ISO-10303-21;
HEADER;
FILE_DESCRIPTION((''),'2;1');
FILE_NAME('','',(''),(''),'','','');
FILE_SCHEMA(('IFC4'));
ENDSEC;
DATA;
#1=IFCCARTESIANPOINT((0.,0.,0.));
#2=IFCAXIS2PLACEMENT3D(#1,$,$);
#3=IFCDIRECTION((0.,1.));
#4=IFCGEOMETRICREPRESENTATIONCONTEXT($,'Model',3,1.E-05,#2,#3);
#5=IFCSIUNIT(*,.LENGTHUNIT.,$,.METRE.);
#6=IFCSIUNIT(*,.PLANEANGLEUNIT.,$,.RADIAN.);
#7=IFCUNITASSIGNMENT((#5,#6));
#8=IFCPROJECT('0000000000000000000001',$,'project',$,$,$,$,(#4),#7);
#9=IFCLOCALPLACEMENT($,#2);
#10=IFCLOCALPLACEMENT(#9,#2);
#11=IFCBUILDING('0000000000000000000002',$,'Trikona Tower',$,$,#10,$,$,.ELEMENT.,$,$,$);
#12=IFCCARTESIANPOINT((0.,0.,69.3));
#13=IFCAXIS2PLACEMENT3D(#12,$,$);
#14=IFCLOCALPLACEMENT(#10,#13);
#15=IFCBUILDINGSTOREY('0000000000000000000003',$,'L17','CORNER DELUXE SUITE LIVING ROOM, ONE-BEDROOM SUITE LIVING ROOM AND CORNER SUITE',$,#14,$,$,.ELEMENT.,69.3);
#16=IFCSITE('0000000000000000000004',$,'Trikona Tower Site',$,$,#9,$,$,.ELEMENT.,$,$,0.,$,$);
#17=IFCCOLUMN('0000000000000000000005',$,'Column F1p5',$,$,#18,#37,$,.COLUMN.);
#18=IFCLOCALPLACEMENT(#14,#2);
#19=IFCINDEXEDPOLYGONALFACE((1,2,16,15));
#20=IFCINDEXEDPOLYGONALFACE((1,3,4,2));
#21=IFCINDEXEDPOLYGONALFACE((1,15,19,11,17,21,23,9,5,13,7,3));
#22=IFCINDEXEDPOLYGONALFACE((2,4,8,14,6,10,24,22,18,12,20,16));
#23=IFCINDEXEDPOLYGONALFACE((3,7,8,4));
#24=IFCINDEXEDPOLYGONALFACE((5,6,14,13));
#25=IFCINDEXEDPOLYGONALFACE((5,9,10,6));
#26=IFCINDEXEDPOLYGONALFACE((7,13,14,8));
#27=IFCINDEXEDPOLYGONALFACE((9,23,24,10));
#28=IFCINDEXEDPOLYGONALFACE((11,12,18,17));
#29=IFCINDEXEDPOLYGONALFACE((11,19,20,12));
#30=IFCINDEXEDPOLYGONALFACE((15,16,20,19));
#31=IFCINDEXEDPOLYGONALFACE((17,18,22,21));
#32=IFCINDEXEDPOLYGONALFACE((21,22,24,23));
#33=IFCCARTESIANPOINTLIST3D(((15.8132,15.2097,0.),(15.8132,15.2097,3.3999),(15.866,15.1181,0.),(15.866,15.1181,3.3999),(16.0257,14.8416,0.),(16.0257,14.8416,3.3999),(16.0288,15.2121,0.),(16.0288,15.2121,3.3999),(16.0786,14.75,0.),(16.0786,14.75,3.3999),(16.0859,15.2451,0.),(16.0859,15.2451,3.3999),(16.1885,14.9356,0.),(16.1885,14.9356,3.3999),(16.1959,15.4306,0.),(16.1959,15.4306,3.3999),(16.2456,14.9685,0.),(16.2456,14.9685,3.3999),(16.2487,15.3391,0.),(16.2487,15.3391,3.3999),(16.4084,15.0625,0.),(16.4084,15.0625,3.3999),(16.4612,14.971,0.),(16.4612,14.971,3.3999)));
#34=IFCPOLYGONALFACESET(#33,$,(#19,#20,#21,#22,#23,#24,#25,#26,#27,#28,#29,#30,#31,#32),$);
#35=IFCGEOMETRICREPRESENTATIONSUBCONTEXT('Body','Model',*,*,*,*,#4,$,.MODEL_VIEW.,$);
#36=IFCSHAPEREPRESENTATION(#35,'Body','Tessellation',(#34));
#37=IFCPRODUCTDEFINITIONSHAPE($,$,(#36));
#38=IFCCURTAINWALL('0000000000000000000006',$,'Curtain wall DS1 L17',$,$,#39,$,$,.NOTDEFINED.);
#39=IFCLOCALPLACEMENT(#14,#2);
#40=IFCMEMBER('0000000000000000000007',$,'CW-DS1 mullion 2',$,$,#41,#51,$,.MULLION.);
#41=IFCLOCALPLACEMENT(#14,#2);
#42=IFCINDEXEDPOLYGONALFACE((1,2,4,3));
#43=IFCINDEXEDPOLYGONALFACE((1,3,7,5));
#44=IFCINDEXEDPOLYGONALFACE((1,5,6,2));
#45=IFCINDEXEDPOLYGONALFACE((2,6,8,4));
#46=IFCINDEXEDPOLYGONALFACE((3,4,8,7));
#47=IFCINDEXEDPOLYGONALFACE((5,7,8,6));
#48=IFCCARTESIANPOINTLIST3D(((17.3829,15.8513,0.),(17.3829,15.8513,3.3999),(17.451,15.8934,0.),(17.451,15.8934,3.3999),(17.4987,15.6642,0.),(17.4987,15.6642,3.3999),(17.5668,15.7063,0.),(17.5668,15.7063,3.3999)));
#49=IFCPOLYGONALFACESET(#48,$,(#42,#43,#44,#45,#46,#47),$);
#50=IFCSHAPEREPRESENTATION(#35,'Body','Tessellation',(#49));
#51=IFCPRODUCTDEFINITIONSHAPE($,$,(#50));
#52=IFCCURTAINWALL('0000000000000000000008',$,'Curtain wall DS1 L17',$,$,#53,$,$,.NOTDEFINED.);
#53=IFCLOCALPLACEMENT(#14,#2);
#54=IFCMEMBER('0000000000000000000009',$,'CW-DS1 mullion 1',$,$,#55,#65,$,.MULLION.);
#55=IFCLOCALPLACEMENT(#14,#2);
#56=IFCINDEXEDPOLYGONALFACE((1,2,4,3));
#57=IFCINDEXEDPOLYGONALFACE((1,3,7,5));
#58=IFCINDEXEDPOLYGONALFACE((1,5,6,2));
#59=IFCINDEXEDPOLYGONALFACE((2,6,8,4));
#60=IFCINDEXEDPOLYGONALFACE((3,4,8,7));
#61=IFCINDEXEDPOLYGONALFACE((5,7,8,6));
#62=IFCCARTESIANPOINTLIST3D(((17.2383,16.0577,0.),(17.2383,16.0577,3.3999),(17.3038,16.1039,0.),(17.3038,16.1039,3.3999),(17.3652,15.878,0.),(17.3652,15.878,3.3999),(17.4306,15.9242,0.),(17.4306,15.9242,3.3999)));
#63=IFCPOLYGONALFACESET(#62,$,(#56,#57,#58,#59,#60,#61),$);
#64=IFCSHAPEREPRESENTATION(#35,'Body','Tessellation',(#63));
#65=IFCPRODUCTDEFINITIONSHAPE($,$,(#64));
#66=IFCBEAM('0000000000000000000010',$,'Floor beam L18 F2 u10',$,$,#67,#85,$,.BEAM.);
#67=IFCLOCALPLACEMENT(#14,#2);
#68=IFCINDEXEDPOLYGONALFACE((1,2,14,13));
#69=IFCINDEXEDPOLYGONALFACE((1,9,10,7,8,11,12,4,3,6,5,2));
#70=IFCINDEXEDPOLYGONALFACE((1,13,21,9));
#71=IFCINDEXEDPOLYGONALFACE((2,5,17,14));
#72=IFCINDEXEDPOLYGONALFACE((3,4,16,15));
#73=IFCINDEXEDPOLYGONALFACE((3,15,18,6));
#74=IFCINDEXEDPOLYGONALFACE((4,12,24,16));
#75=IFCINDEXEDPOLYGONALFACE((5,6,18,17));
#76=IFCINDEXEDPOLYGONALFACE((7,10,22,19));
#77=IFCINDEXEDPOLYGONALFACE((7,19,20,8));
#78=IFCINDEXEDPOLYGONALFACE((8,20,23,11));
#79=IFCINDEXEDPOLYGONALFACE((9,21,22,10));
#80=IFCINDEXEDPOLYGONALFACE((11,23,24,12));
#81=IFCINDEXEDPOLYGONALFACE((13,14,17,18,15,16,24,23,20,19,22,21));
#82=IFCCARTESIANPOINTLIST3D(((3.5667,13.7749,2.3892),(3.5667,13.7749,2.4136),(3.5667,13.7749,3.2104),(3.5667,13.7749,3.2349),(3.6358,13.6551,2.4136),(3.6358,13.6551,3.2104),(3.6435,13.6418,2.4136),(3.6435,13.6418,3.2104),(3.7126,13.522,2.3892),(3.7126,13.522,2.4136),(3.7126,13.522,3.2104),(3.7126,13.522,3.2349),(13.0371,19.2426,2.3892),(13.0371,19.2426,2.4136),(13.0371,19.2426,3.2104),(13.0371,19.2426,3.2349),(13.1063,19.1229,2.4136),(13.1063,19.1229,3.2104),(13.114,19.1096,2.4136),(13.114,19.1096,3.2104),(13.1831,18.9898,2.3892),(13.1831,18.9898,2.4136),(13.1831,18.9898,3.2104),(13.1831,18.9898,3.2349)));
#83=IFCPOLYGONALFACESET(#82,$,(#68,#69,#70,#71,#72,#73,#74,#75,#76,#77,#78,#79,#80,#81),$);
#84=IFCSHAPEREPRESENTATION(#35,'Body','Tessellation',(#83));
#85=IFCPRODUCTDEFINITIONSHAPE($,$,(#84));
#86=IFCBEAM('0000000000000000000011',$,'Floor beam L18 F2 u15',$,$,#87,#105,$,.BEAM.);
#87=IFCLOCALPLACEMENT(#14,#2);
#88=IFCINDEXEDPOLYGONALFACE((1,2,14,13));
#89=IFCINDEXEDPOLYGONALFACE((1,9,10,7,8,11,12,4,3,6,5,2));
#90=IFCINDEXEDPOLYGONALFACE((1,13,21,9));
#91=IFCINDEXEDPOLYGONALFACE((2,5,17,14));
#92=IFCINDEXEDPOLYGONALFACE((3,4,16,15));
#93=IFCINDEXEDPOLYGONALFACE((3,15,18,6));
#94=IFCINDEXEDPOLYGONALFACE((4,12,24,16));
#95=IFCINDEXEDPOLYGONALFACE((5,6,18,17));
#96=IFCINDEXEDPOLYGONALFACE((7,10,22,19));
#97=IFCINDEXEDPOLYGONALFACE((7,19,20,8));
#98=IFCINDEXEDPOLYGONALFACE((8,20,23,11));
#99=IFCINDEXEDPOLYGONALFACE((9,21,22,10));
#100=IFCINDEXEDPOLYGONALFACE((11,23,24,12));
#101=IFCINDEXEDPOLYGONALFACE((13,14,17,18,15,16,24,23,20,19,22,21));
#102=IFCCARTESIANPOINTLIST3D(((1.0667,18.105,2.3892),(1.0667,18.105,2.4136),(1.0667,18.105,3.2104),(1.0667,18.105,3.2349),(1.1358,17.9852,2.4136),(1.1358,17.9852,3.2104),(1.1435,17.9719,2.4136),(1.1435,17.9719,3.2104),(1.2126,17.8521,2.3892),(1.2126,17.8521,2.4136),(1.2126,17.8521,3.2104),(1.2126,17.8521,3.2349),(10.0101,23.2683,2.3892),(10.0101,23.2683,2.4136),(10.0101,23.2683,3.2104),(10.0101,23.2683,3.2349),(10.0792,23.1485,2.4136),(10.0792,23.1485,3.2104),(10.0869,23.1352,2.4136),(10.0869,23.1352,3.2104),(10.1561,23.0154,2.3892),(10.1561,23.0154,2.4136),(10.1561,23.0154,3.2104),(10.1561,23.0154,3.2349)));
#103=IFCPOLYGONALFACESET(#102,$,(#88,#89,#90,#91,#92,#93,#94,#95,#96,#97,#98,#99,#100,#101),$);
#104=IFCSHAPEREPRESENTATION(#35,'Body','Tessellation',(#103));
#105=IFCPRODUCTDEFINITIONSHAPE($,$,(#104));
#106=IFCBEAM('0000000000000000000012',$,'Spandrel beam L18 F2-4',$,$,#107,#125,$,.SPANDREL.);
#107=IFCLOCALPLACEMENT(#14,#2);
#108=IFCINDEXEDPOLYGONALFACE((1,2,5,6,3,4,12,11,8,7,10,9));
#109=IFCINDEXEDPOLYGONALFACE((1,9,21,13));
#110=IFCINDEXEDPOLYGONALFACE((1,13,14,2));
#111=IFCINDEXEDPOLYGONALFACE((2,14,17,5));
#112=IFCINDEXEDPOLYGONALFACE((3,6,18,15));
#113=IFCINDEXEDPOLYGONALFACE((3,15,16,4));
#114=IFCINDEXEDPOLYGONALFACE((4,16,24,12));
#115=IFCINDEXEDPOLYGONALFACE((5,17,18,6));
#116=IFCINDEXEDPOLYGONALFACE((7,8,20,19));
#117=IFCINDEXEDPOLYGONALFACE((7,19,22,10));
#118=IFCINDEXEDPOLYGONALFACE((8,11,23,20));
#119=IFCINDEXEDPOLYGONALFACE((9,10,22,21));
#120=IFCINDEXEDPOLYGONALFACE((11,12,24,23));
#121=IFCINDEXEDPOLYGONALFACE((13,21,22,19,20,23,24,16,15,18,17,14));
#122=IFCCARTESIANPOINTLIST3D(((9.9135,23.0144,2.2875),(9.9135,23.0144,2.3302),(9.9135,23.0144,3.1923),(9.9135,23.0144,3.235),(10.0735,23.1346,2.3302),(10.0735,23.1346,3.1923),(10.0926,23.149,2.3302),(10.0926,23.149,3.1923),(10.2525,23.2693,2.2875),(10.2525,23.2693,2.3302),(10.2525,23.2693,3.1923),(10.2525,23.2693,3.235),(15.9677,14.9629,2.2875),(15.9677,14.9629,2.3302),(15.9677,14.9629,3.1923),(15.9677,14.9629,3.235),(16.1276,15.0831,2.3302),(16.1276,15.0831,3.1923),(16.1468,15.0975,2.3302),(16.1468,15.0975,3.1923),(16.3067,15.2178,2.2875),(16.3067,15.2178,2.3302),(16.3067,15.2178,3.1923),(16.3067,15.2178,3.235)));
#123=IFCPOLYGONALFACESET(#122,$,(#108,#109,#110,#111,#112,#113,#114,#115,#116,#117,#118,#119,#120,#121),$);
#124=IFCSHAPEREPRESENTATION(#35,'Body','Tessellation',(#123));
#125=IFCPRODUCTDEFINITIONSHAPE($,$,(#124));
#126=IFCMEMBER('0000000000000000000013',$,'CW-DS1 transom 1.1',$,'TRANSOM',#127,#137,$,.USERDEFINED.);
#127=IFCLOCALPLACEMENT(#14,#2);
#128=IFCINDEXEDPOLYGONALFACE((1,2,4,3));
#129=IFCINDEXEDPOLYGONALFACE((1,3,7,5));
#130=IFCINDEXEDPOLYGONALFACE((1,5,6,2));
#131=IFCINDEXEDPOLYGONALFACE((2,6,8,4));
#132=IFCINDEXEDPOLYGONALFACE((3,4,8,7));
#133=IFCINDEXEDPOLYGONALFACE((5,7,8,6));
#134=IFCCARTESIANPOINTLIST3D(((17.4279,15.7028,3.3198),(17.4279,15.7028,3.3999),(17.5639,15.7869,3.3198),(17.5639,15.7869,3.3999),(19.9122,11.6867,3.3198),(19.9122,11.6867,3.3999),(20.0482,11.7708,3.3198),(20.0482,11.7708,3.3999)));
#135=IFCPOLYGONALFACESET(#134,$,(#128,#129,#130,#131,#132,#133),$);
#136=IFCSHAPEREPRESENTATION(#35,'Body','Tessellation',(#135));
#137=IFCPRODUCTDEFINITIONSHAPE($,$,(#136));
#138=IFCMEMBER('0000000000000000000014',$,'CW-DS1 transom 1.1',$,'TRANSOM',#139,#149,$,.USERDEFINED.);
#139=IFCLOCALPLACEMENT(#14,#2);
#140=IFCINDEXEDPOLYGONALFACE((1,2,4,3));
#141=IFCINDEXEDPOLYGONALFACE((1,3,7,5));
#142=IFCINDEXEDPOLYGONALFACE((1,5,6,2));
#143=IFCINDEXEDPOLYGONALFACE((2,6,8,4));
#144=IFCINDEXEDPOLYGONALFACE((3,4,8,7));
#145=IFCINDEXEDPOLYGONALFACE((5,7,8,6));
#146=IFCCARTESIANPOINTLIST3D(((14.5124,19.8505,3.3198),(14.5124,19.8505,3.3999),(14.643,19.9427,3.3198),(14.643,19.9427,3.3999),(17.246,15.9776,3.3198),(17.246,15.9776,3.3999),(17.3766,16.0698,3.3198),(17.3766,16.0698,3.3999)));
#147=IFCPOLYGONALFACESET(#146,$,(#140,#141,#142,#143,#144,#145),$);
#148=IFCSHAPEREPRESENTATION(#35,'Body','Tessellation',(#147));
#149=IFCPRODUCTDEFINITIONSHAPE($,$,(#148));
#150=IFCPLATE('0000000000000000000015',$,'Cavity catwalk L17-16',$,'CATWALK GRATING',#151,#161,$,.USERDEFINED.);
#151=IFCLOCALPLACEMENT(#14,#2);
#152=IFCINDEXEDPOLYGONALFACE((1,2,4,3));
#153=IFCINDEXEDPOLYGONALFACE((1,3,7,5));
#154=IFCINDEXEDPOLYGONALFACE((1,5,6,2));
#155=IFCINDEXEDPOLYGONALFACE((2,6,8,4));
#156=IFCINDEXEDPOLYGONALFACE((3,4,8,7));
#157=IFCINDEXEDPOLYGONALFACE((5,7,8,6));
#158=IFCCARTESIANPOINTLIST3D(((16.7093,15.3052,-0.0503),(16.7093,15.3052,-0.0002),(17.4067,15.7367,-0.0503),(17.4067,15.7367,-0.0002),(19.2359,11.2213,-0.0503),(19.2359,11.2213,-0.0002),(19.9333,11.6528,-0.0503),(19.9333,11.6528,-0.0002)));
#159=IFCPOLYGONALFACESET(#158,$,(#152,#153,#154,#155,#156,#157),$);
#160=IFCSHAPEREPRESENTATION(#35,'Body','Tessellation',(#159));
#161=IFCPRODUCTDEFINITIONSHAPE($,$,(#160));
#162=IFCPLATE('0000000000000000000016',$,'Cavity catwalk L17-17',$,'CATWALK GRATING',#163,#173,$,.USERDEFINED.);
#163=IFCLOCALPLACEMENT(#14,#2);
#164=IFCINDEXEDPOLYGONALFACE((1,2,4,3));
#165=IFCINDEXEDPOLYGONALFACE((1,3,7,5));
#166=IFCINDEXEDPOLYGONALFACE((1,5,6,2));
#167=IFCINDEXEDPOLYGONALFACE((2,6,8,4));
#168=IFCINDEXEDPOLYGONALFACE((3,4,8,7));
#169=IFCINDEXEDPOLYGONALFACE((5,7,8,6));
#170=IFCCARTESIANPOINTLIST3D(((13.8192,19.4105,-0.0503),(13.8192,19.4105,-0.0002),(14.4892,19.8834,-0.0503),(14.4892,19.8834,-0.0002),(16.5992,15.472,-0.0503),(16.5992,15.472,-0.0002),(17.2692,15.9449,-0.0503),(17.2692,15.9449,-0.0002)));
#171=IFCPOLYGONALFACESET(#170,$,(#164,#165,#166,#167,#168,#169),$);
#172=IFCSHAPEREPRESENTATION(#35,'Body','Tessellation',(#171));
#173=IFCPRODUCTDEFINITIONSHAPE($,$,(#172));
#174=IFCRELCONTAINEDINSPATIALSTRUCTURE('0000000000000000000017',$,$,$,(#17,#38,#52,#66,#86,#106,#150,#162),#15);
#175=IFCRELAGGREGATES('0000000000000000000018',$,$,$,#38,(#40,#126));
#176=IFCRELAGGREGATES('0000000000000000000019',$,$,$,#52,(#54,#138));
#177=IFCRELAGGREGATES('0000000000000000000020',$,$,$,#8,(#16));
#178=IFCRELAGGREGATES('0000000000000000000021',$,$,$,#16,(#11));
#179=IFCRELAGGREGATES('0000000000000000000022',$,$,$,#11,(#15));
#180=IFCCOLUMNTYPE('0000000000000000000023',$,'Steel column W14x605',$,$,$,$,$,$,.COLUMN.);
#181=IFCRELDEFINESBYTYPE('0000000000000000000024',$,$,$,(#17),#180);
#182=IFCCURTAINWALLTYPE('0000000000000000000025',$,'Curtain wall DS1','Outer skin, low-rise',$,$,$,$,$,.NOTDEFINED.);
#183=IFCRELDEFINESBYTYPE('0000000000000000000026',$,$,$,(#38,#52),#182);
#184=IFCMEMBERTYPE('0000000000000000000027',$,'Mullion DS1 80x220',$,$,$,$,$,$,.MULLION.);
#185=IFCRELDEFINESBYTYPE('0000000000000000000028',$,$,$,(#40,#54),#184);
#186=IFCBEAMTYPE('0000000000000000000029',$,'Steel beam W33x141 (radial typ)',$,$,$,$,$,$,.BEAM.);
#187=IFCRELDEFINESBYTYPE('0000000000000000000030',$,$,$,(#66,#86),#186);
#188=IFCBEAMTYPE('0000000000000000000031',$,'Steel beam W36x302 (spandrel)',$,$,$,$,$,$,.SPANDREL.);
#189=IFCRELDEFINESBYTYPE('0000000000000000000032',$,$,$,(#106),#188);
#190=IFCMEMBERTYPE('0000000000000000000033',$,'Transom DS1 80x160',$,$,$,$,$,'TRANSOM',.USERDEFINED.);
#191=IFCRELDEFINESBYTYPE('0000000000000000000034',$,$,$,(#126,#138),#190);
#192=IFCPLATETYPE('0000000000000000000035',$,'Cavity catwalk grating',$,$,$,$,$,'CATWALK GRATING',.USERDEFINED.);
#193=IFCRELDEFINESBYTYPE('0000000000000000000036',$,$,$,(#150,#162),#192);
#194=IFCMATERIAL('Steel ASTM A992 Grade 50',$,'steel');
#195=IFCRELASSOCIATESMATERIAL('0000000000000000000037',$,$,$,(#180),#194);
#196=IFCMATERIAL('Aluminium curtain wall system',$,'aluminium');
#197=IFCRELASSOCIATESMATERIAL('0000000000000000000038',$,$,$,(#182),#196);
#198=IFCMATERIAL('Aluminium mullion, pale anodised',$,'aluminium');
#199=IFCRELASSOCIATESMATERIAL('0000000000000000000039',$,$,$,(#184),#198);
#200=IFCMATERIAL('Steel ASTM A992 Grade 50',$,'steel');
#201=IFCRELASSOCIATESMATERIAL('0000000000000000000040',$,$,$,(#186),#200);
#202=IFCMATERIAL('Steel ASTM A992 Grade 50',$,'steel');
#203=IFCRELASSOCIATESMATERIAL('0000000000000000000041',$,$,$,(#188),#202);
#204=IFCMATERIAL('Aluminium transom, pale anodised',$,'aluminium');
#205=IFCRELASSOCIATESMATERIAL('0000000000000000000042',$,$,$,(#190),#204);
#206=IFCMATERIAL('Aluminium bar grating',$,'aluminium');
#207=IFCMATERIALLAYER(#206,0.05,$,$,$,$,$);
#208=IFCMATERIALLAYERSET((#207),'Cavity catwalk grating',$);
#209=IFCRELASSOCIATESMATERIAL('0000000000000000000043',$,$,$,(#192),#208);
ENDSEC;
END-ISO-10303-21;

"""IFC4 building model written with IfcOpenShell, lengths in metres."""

from ifc_helpers import new_model, si_unit, direction, frame, origin, origin_2d, place, context, subcontext, project, spatial, rectangle, i_section, extrude, material, layer, layer_set, material_profile, profile_set, type_object, element, aggregate, save


model = new_model("IFC4")

# Units and contexts
model_context = context("Model", 3, precision=1e-05, world=origin(), true_north=direction((0.0, 1.0)))
body_context = subcontext(model_context, "Body", "Model", "MODEL_VIEW")
ifc_project = project(units=[si_unit("LENGTHUNIT", "METRE"), si_unit("PLANEANGLEUNIT", "RADIAN")], contexts=[model_context])

# Site, building, storey
site_placement = place(None, origin())
site = spatial("IfcSite", under=ifc_project, at=site_placement, Name="Trikona Tower Site", CompositionType="ELEMENT", RefElevation=0.0)
building_placement = place(site_placement, origin())
building = spatial("IfcBuilding", under=site, at=building_placement, Name="Trikona Tower", CompositionType="ELEMENT")
storey_placement = place(building_placement, frame((0.0, 0.0, 69.3)))
storey = spatial("IfcBuildingStorey", under=building, at=storey_placement, Name="L17", Description="CORNER DELUXE SUITE LIVING ROOM, ONE-BEDROOM SUITE LIVING ROOM AND CORNER SUITE", CompositionType="ELEMENT", Elevation=69.3)

# Column
ifc_material_1 = material(Name="Steel ASTM A992 Grade 50", Category="steel")
ifc_material_profile_1 = material_profile(ifc_material_1, i_section(OverallWidth=0.4419, OverallDepth=0.5308, WebThickness=0.0659, FlangeThickness=0.1057, at=origin_2d()), Name="W14X605")
ifc_profile_set_1 = profile_set([ifc_material_profile_1], Name="Steel ASTM A992 Grade 50")
column_type = type_object("IfcColumnType", Name="Steel column W14x605", PredefinedType="COLUMN", material=ifc_profile_set_1)
column_placement = place(storey_placement, frame((16.1372, 15.0903, 0.0), z_axis=(0.0, 0.0, 1.0), x_axis=(0.866025, 0.5, 0.0)))
element("IfcColumn", 1, at=column_placement, inside=storey, type_object=column_type, Name="Column F1p5", PredefinedType="COLUMN", context=body_context, shape_type="SweptSolid", body=[
    extrude(i_section(OverallWidth=0.4419, OverallDepth=0.5308, WebThickness=0.0659, FlangeThickness=0.1057, at=origin_2d()), origin(), (0.0, 0.0, 1.0), 3.3999),
])

# Curtain walls, members
ifc_material_2 = material(Name="Aluminium curtain wall system", Category="aluminium")
curtain_wall_type = type_object("IfcCurtainWallType", Name="Curtain wall DS1", Description="Outer skin, low-rise", PredefinedType="NOTDEFINED", material=ifc_material_2)
curtain_wall_1_placement = place(storey_placement, origin())
curtain_wall_1 = element("IfcCurtainWall", 2, at=curtain_wall_1_placement, inside=storey, type_object=curtain_wall_type, Name="Curtain wall DS1 L17", PredefinedType="NOTDEFINED")
ifc_material_3 = material(Name="Aluminium mullion, pale anodised", Category="aluminium")
ifc_material_profile_2 = material_profile(ifc_material_3, rectangle(XDim=0.0801, YDim=0.22, at=origin_2d()), Name="MUL-DS1")
ifc_profile_set_2 = profile_set([ifc_material_profile_2], Name="Aluminium mullion, pale anodised")
member_type_1 = type_object("IfcMemberType", Name="Mullion DS1 80x220", PredefinedType="MULLION", material=ifc_profile_set_2)
member_1_placement = place(storey_placement, frame((17.4749, 15.7788, 0.0), z_axis=(0.0, 0.0, 1.0), x_axis=(-0.85041, -0.52612, 0.0)))
member_1 = element("IfcMember", 3, at=member_1_placement, type_object=member_type_1, Name="CW-DS1 mullion 2", PredefinedType="MULLION", context=body_context, shape_type="SweptSolid", body=[
    extrude(rectangle(XDim=0.0801, YDim=0.22, at=origin_2d()), origin(), (0.0, 0.0, 1.0), 3.3999),
])
curtain_wall_2_placement = place(storey_placement, origin())
curtain_wall_2 = element("IfcCurtainWall", 4, at=curtain_wall_2_placement, inside=storey, type_object=curtain_wall_type, Name="Curtain wall DS1 L17", PredefinedType="NOTDEFINED")
member_2_placement = place(storey_placement, frame((17.3345, 15.991, 0.0), z_axis=(0.0, 0.0, 1.0), x_axis=(-0.816985, -0.576658, 0.0)))
member_2 = element("IfcMember", 5, at=member_2_placement, type_object=member_type_1, Name="CW-DS1 mullion 1", PredefinedType="MULLION", context=body_context, shape_type="SweptSolid", body=[
    extrude(rectangle(XDim=0.0801, YDim=0.22, at=origin_2d()), origin(), (0.0, 0.0, 1.0), 3.3999),
])

# Beams
ifc_material_4 = material(Name="Steel ASTM A992 Grade 50", Category="steel")
ifc_material_profile_3 = material_profile(ifc_material_4, i_section(OverallWidth=0.292, OverallDepth=0.8457, WebThickness=0.0154, FlangeThickness=0.0244, at=origin_2d()), Name="W33X141")
ifc_profile_set_3 = profile_set([ifc_material_profile_3], Name="Steel ASTM A992 Grade 50")
beam_type_1 = type_object("IfcBeamType", Name="Steel beam W33x141 (radial typ)", PredefinedType="BEAM", material=ifc_profile_set_3)
beam_1_placement = place(storey_placement, frame((3.6396, 13.6484, 2.812), z_axis=(0.866025, 0.5, 0.0), x_axis=(-0.5, 0.866025, 0.0)))
element("IfcBeam", 6, at=beam_1_placement, inside=storey, type_object=beam_type_1, Name="Floor beam L18 F2 u10", PredefinedType="BEAM", context=body_context, shape_type="SweptSolid", body=[
    extrude(i_section(OverallWidth=0.292, OverallDepth=0.8457, WebThickness=0.0154, FlangeThickness=0.0244, at=origin_2d()), origin(), (0.0, 0.0, 1.0), 10.9355),
])
beam_2_placement = place(storey_placement, frame((1.1396, 17.9785, 2.812), z_axis=(0.86603, 0.499991, 0.0), x_axis=(-0.499991, 0.86603, 0.0)))
element("IfcBeam", 7, at=beam_2_placement, inside=storey, type_object=beam_type_1, Name="Floor beam L18 F2 u15", PredefinedType="BEAM", context=body_context, shape_type="SweptSolid", body=[
    extrude(i_section(OverallWidth=0.292, OverallDepth=0.8457, WebThickness=0.0154, FlangeThickness=0.0244, at=origin_2d()), origin(), (0.0, 0.0, 1.0), 10.3269),
])
ifc_material_5 = material(Name="Steel ASTM A992 Grade 50", Category="steel")
ifc_material_profile_4 = material_profile(ifc_material_5, i_section(OverallWidth=0.4241, OverallDepth=0.9475, WebThickness=0.0239, FlangeThickness=0.0427, at=origin_2d()), Name="W36X302")
ifc_profile_set_4 = profile_set([ifc_material_profile_4], Name="Steel ASTM A992 Grade 50")
beam_type_2 = type_object("IfcBeamType", Name="Steel beam W36x302 (spandrel)", PredefinedType="SPANDREL", material=ifc_profile_set_4)
beam_3_placement = place(storey_placement, frame((16.1372, 15.0903, 2.7612), z_axis=(-0.600988, 0.799258, 0.0), x_axis=(-0.799258, -0.600988, 0.0)))
element("IfcBeam", 8, at=beam_3_placement, inside=storey, type_object=beam_type_2, Name="Spandrel beam L18 F2-4", PredefinedType="SPANDREL", context=body_context, shape_type="SweptSolid", body=[
    extrude(i_section(OverallWidth=0.4241, OverallDepth=0.9475, WebThickness=0.0239, FlangeThickness=0.0427, at=origin_2d()), origin(), (0.0, 0.0, 1.0), 10.0737),
])

# Members
ifc_material_6 = material(Name="Aluminium transom, pale anodised", Category="aluminium")
ifc_material_profile_5 = material_profile(ifc_material_6, rectangle(XDim=0.1599, YDim=0.0801, at=origin_2d()), Name="TRN-DS1")
ifc_profile_set_5 = profile_set([ifc_material_profile_5], Name="Aluminium transom, pale anodised")
member_type_2 = type_object("IfcMemberType", Name="Transom DS1 80x160", ElementType="TRANSOM", PredefinedType="USERDEFINED", material=ifc_profile_set_5)
member_3_placement = place(storey_placement, frame((19.9802, 11.7288, 3.3599), z_axis=(-0.526081, 0.850435, 0.0), x_axis=(-0.850435, -0.526081, 0.0)))
member_3 = element("IfcMember", 9, at=member_3_placement, type_object=member_type_2, Name="CW-DS1 transom 1.1", ObjectType="TRANSOM", PredefinedType="USERDEFINED", context=body_context, shape_type="SweptSolid", body=[
    extrude(rectangle(XDim=0.1599, YDim=0.0801, at=origin_2d()), origin(), (0.0, 0.0, 1.0), 4.7224),
])
member_4_placement = place(storey_placement, frame((17.3113, 16.0237, 3.3599), z_axis=(-0.576645, 0.816995, 0.0), x_axis=(-0.816995, -0.576645, 0.0)))
member_4 = element("IfcMember", 10, at=member_4_placement, type_object=member_type_2, Name="CW-DS1 transom 1.1", ObjectType="TRANSOM", PredefinedType="USERDEFINED", context=body_context, shape_type="SweptSolid", body=[
    extrude(rectangle(XDim=0.1599, YDim=0.0801, at=origin_2d()), origin(), (0.0, 0.0, 1.0), 4.7405),
])

# Plates
ifc_material_7 = material(Name="Aluminium bar grating", Category="aluminium")
ifc_layer_1 = layer(ifc_material_7, 0.05)
ifc_layer_set_1 = layer_set([ifc_layer_1], Name="Cavity catwalk grating")
plate_type_1 = type_object("IfcPlateType", Name="Cavity catwalk grating", ElementType="CATWALK GRATING", PredefinedType="USERDEFINED", material=ifc_layer_set_1)
plate_1_placement = place(storey_placement, frame((18.3213, 13.479, -0.0503), z_axis=(0.0, 0.0, 1.0), x_axis=(-0.526119, 0.850411, 0.0)))
element("IfcPlate", 11, at=plate_1_placement, inside=storey, type_object=plate_type_1, Name="Cavity catwalk L17-16", ObjectType="CATWALK GRATING", PredefinedType="USERDEFINED", context=body_context, shape_type="SweptSolid", body=[
    extrude(rectangle(XDim=4.8022, YDim=0.8201, at=origin_2d()), origin(), (0.0, 0.0, 1.0), 0.05),
])
plate_2_placement = place(storey_placement, frame((15.5442, 17.6777, -0.0503), z_axis=(0.0, 0.0, 1.0), x_axis=(-0.576662, 0.816983, 0.0)))
element("IfcPlate", 12, at=plate_2_placement, inside=storey, type_object=plate_type_1, Name="Cavity catwalk L17-17", ObjectType="CATWALK GRATING", PredefinedType="USERDEFINED", context=body_context, shape_type="SweptSolid", body=[
    extrude(rectangle(XDim=4.8208, YDim=0.8201, at=origin_2d()), origin(), (0.0, 0.0, 1.0), 0.05),
])

aggregate(curtain_wall_1, [member_1, member_3])
aggregate(curtain_wall_2, [member_2, member_4])

save(model, "model.ifc")
